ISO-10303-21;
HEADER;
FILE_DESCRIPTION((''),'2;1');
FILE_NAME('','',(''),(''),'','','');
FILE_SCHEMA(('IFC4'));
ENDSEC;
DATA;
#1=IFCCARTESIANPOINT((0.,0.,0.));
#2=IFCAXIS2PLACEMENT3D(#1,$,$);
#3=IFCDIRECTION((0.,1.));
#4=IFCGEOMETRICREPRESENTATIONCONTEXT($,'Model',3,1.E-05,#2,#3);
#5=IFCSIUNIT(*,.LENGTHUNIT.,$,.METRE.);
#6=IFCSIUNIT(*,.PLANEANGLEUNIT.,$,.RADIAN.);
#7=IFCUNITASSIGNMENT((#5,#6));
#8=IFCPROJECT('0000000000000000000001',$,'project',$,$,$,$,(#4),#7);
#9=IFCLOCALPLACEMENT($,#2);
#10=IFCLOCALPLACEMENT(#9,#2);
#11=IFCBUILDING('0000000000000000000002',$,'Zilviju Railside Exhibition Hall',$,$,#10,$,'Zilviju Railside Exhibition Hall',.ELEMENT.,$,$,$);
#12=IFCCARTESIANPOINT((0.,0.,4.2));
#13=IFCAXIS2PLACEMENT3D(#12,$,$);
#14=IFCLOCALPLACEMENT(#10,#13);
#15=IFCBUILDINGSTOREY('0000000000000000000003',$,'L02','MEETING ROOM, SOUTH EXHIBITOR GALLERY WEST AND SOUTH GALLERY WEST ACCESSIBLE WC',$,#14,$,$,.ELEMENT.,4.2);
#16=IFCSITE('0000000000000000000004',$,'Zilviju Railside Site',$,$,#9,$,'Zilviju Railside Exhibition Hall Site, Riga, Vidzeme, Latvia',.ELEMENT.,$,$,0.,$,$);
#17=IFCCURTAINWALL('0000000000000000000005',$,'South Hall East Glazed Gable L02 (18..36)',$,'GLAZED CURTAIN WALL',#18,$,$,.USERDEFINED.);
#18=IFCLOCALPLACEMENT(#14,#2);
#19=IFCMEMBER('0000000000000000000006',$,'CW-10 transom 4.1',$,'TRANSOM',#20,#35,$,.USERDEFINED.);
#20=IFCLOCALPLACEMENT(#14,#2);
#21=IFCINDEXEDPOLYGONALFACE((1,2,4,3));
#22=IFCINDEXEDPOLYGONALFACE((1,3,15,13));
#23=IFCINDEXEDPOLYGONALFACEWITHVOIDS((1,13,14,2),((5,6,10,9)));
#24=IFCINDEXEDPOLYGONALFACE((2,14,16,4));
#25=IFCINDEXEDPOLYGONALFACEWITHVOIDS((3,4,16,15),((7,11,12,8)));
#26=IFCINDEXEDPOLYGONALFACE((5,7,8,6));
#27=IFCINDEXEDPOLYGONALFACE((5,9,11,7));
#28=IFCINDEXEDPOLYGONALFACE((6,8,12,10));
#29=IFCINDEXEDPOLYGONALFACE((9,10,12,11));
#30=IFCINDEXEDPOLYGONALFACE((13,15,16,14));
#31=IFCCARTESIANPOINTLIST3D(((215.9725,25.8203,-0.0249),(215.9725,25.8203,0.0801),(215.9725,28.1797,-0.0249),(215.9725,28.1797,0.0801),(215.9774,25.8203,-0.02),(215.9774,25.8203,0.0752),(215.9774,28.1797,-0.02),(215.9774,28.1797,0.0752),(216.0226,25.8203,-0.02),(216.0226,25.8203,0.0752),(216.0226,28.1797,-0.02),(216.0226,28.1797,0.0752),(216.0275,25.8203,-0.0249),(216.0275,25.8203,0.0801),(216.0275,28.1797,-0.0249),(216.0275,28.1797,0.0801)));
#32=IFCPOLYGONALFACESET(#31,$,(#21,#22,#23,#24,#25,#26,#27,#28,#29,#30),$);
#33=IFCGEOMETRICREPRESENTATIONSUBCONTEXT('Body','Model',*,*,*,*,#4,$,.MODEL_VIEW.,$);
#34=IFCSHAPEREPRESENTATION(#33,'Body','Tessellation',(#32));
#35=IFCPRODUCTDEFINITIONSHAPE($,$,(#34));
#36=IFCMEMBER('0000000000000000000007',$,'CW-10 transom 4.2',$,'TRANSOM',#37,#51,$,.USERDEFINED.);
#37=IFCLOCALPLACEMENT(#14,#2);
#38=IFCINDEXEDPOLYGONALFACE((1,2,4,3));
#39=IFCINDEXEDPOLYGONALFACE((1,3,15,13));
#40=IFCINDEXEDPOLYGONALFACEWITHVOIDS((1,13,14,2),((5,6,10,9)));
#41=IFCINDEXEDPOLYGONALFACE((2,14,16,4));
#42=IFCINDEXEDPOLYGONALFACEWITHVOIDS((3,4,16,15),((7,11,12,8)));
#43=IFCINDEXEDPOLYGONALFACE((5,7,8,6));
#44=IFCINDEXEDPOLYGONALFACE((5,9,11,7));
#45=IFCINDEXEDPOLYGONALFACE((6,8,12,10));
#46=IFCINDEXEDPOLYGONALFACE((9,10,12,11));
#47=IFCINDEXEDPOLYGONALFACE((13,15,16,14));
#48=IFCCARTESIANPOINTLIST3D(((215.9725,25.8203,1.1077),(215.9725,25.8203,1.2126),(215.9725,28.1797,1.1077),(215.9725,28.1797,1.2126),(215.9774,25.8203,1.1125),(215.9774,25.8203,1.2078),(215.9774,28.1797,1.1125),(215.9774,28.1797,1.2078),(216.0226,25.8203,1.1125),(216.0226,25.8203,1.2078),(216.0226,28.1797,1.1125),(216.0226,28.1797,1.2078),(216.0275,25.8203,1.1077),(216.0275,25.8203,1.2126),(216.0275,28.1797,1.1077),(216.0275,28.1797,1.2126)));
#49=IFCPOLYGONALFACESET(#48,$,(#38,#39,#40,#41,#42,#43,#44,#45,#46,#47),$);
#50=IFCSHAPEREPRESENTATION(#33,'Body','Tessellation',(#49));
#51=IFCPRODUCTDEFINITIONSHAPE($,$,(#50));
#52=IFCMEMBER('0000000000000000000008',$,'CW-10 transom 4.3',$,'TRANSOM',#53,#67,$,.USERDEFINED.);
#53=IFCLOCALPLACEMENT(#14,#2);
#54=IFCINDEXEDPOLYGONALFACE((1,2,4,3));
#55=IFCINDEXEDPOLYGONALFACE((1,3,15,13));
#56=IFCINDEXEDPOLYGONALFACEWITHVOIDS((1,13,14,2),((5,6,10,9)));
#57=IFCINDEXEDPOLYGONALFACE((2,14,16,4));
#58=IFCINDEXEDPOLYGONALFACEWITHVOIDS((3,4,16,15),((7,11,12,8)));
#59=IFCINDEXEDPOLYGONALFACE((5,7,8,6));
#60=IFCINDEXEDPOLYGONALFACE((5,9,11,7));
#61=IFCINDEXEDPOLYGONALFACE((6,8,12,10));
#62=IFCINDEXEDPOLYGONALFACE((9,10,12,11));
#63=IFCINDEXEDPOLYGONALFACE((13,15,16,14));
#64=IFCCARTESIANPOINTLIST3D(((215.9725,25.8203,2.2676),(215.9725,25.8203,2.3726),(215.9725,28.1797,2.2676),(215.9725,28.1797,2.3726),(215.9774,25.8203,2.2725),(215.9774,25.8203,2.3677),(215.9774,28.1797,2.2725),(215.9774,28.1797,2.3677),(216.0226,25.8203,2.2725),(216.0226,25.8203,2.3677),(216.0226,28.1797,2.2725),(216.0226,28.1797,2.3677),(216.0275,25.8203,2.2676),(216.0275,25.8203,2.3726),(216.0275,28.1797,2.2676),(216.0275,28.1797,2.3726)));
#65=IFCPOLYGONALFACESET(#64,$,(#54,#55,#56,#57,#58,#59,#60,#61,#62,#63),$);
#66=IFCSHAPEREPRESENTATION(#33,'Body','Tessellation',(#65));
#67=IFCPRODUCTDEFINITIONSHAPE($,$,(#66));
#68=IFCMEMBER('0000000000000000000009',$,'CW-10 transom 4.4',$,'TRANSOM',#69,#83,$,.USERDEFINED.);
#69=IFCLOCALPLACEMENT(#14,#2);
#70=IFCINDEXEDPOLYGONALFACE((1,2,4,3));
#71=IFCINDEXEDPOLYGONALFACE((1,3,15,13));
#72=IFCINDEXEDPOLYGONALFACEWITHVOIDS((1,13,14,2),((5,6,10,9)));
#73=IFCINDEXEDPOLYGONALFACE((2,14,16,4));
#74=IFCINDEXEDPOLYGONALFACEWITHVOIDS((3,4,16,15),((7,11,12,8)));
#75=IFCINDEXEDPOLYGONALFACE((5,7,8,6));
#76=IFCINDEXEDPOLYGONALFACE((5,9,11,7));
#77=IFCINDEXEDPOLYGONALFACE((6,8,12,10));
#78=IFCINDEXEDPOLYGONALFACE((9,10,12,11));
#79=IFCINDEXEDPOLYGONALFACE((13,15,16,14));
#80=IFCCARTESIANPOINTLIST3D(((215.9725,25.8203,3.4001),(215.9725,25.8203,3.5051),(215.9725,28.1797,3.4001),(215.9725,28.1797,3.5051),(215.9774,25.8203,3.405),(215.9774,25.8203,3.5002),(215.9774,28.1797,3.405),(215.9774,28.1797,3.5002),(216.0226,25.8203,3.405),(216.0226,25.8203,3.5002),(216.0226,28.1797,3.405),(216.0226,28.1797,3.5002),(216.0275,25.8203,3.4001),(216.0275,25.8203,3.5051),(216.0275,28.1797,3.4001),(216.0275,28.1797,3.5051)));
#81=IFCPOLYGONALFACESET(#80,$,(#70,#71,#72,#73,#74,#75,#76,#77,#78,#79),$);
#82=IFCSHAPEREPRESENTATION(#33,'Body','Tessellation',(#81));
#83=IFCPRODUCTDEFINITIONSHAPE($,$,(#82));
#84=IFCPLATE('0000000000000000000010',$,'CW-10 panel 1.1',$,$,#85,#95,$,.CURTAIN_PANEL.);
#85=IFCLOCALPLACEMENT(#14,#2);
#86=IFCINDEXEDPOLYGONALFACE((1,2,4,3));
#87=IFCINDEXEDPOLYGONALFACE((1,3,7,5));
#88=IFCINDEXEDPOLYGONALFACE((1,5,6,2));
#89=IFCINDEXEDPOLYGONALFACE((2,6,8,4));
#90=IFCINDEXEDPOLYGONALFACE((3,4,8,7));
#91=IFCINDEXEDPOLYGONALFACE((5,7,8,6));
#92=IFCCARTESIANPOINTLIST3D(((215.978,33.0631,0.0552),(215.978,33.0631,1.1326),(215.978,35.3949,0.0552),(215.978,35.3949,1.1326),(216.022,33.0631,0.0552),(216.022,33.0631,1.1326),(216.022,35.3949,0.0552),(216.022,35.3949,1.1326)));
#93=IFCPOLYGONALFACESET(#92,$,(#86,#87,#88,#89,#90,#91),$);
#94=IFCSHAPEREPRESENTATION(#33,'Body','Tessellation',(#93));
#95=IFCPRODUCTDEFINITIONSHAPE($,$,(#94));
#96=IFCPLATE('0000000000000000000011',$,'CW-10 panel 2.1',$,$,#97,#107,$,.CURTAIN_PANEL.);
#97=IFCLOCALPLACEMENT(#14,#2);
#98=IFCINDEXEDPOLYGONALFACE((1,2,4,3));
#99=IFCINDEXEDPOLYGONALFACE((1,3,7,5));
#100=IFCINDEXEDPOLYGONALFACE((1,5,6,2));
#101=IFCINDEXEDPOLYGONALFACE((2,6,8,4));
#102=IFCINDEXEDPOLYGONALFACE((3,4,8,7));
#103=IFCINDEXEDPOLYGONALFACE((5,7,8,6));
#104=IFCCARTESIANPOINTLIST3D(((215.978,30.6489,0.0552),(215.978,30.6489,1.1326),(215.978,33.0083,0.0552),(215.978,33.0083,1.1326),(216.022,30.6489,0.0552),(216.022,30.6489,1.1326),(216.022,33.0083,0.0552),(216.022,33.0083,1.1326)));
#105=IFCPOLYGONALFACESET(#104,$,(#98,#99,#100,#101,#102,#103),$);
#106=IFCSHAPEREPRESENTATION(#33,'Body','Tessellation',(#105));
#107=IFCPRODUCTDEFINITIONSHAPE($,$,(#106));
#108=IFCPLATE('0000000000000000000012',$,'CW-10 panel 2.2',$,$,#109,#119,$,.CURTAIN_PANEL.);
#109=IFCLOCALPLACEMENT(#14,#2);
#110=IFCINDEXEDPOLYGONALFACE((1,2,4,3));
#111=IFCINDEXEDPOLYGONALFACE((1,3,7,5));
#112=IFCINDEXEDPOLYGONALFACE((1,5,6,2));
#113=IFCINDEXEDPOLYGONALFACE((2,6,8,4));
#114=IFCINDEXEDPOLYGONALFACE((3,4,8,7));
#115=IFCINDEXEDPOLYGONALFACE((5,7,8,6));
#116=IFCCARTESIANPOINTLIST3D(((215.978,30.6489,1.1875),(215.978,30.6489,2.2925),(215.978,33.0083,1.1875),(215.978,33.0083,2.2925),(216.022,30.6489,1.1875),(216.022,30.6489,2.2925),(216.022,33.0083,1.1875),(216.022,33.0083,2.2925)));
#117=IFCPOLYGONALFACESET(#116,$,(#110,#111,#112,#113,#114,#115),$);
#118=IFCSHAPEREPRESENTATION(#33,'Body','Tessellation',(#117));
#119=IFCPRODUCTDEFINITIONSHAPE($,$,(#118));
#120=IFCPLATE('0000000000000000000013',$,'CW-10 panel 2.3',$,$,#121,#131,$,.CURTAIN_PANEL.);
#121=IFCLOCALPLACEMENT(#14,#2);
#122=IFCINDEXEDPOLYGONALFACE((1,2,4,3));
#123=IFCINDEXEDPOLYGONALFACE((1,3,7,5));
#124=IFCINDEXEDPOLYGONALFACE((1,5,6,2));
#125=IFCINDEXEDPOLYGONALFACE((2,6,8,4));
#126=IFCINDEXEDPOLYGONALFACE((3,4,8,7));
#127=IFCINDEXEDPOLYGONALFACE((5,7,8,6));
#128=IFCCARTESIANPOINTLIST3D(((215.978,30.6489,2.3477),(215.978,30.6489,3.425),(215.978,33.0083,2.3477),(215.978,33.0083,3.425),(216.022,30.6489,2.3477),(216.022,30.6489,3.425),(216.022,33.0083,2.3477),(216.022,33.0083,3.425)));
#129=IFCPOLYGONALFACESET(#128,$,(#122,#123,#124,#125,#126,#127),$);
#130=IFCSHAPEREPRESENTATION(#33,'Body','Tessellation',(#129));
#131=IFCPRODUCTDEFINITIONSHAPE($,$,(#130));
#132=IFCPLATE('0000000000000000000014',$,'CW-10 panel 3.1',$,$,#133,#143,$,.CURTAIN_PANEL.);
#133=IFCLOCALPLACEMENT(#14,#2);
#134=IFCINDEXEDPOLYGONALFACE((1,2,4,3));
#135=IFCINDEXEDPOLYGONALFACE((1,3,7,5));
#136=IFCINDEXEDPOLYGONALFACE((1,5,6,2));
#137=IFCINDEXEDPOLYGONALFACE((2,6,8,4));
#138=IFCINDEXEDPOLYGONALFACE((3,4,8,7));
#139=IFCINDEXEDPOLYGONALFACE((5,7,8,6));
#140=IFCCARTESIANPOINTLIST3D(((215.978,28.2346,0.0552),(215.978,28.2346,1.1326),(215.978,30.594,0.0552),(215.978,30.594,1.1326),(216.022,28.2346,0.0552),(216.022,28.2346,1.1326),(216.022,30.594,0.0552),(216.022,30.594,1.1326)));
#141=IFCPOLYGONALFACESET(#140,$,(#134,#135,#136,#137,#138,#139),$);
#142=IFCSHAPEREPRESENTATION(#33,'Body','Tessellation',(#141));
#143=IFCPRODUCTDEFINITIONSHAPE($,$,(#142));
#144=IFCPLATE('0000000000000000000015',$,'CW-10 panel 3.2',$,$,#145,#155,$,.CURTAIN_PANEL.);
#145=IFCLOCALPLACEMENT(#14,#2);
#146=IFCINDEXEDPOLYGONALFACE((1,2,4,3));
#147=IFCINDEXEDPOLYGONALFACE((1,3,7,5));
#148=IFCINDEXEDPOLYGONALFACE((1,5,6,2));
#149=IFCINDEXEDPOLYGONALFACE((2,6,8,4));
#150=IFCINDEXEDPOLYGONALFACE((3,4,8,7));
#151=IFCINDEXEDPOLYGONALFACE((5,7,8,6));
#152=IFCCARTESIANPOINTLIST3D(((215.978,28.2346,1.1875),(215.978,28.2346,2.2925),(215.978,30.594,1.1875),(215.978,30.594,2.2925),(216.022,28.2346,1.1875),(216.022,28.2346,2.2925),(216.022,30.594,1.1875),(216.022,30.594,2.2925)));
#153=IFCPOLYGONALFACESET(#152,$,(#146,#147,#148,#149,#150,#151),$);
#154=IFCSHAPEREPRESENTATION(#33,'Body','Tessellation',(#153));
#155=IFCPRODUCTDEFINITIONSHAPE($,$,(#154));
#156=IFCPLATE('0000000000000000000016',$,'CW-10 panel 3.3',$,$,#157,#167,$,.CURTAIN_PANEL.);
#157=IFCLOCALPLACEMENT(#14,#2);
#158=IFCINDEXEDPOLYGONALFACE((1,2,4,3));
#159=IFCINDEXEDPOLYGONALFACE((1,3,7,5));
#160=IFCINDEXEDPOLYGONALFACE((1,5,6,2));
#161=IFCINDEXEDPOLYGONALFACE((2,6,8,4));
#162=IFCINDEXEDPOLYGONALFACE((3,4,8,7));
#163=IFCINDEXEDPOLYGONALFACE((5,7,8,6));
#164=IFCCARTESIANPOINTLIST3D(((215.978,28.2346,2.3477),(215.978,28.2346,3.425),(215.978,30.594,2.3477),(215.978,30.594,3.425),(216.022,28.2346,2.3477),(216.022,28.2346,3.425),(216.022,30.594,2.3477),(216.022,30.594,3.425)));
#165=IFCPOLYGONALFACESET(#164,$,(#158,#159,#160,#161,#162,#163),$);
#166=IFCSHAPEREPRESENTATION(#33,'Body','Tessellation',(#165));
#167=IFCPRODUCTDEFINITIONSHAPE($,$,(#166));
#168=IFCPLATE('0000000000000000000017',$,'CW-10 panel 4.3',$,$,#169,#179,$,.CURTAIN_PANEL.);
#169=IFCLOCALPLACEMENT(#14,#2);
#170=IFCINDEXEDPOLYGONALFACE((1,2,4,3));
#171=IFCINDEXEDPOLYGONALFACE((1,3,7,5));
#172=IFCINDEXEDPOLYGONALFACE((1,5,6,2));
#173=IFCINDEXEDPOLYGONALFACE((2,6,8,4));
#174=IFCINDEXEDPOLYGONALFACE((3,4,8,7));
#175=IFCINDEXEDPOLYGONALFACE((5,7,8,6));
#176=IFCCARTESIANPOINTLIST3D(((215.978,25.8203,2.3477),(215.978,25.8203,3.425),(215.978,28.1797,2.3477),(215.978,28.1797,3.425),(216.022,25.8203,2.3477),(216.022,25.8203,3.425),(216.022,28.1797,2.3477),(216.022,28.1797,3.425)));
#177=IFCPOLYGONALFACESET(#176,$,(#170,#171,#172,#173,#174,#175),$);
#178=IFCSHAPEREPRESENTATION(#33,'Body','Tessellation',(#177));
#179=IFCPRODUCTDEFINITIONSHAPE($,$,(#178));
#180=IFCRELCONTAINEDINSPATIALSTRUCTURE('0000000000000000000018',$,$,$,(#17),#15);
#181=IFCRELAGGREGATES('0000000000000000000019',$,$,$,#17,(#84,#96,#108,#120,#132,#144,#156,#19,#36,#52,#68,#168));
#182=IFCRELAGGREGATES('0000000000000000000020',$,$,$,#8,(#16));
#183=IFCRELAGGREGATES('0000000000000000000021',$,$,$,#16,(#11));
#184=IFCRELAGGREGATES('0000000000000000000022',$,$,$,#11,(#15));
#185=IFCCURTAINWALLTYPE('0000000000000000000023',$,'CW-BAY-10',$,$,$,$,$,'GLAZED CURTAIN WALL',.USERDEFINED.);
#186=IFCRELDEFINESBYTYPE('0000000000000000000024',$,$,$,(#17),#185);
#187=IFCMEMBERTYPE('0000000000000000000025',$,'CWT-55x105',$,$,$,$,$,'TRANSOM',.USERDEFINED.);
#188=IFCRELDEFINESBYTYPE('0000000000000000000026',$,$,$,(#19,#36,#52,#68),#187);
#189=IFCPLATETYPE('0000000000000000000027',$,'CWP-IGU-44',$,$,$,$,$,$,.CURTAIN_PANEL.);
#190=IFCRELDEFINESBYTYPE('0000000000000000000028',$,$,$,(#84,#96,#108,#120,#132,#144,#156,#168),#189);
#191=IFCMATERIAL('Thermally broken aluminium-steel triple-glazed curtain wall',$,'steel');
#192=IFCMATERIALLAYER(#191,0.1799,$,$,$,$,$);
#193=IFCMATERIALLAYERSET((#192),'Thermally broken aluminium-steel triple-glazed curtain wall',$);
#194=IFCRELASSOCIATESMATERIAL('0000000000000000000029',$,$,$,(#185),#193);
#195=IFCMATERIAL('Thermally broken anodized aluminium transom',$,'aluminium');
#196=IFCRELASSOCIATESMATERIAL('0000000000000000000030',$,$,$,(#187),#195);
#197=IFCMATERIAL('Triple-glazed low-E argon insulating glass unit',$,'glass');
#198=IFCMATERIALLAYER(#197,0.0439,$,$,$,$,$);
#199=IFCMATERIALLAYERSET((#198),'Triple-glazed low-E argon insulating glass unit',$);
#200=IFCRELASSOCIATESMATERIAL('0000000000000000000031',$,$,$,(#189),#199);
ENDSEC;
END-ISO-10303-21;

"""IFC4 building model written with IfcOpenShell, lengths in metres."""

from ifc_helpers import new_model, si_unit, direction, frame, origin, origin_2d, place, context, subcontext, project, spatial, rectangle, hollow_rectangle, extrude, material, layer, layer_set, material_profile, profile_set, type_object, element, aggregate, save


model = new_model("IFC4")

# Units and contexts
model_context = context("Model", 3, precision=1e-05, world=origin(), true_north=direction((0.0, 1.0)))
body_context = subcontext(model_context, "Body", "Model", "MODEL_VIEW")
ifc_project = project(units=[si_unit("LENGTHUNIT", "METRE"), si_unit("PLANEANGLEUNIT", "RADIAN")], contexts=[model_context])

# Site, building, storey
site_placement = place(None, origin())
site = spatial("IfcSite", under=ifc_project, at=site_placement, Name="Zilviju Railside Site", LongName="Zilviju Railside Exhibition Hall Site, Riga, Vidzeme, Latvia", CompositionType="ELEMENT", RefElevation=0.0)
building_placement = place(site_placement, origin())
building = spatial("IfcBuilding", under=site, at=building_placement, Name="Zilviju Railside Exhibition Hall", LongName="Zilviju Railside Exhibition Hall", CompositionType="ELEMENT")
storey_placement = place(building_placement, frame((0.0, 0.0, 4.2)))
storey = spatial("IfcBuildingStorey", under=building, at=storey_placement, Name="L02", Description="MEETING ROOM, SOUTH EXHIBITOR GALLERY WEST AND SOUTH GALLERY WEST ACCESSIBLE WC", CompositionType="ELEMENT", Elevation=4.2)

# Curtain wall, members, plates
ifc_material_1 = material(Name="Thermally broken aluminium-steel triple-glazed curtain wall", Category="steel")
ifc_layer_1 = layer(ifc_material_1, 0.1799)
ifc_layer_set_1 = layer_set([ifc_layer_1], Name="Thermally broken aluminium-steel triple-glazed curtain wall")
curtain_wall_type = type_object("IfcCurtainWallType", Name="CW-BAY-10", ElementType="GLAZED CURTAIN WALL", PredefinedType="USERDEFINED", material=ifc_layer_set_1)
curtain_wall_placement = place(storey_placement, origin())
curtain_wall = element("IfcCurtainWall", 1, at=curtain_wall_placement, inside=storey, type_object=curtain_wall_type, Name="South Hall East Glazed Gable L02 (18..36)", ObjectType="GLAZED CURTAIN WALL", PredefinedType="USERDEFINED")
ifc_material_2 = material(Name="Thermally broken anodized aluminium transom", Category="aluminium")
ifc_material_profile_1 = material_profile(ifc_material_2, hollow_rectangle(XDim=0.0549, YDim=0.105, WallThickness=0.0049, at=origin_2d()), Name="TRANSOM 105x55x5")
ifc_profile_set_1 = profile_set([ifc_material_profile_1], Name="Thermally broken anodized aluminium transom")
member_type_1 = type_object("IfcMemberType", Name="CWT-55x105", ElementType="TRANSOM", PredefinedType="USERDEFINED", material=ifc_profile_set_1)
member_1_placement = place(storey_placement, frame((216.0, 28.1797, 0.0276), z_axis=(0.0, -1.0, 0.0), x_axis=(1.0, 0.0, 0.0)))
member_1 = element("IfcMember", 2, at=member_1_placement, type_object=member_type_1, Name="CW-10 transom 4.1", ObjectType="TRANSOM", PredefinedType="USERDEFINED", context=body_context, shape_type="SweptSolid", body=[
    extrude(hollow_rectangle(XDim=0.0549, YDim=0.105, WallThickness=0.0049, at=origin_2d()), origin(), (0.0, 0.0, 1.0), 2.3594),
])
member_2_placement = place(storey_placement, frame((216.0, 28.1797, 1.1602), z_axis=(0.0, -1.0, 0.0), x_axis=(1.0, 0.0, 0.0)))
member_2 = element("IfcMember", 3, at=member_2_placement, type_object=member_type_1, Name="CW-10 transom 4.2", ObjectType="TRANSOM", PredefinedType="USERDEFINED", context=body_context, shape_type="SweptSolid", body=[
    extrude(hollow_rectangle(XDim=0.0549, YDim=0.105, WallThickness=0.0049, at=origin_2d()), origin(), (0.0, 0.0, 1.0), 2.3594),
])
member_3_placement = place(storey_placement, frame((216.0, 28.1797, 2.3201), z_axis=(0.0, -1.0, 0.0), x_axis=(1.0, 0.0, 0.0)))
member_3 = element("IfcMember", 4, at=member_3_placement, type_object=member_type_1, Name="CW-10 transom 4.3", ObjectType="TRANSOM", PredefinedType="USERDEFINED", context=body_context, shape_type="SweptSolid", body=[
    extrude(hollow_rectangle(XDim=0.0549, YDim=0.105, WallThickness=0.0049, at=origin_2d()), origin(), (0.0, 0.0, 1.0), 2.3594),
])
member_4_placement = place(storey_placement, frame((216.0, 28.1797, 3.4526), z_axis=(0.0, -1.0, 0.0), x_axis=(1.0, 0.0, 0.0)))
member_4 = element("IfcMember", 5, at=member_4_placement, type_object=member_type_1, Name="CW-10 transom 4.4", ObjectType="TRANSOM", PredefinedType="USERDEFINED", context=body_context, shape_type="SweptSolid", body=[
    extrude(hollow_rectangle(XDim=0.0549, YDim=0.105, WallThickness=0.0049, at=origin_2d()), origin(), (0.0, 0.0, 1.0), 2.3594),
])
ifc_material_3 = material(Name="Triple-glazed low-E argon insulating glass unit", Category="glass")
ifc_layer_2 = layer(ifc_material_3, 0.0439)
ifc_layer_set_2 = layer_set([ifc_layer_2], Name="Triple-glazed low-E argon insulating glass unit")
plate_type = type_object("IfcPlateType", Name="CWP-IGU-44", PredefinedType="CURTAIN_PANEL", material=ifc_layer_set_2)
plate_1_placement = place(storey_placement, frame((216.0, 34.229, 0.0552), z_axis=(0.0, 0.0, 1.0), x_axis=(0.0, -1.0, 0.0)))
plate_1 = element("IfcPlate", 6, at=plate_1_placement, type_object=plate_type, Name="CW-10 panel 1.1", PredefinedType="CURTAIN_PANEL", context=body_context, shape_type="SweptSolid", body=[
    extrude(rectangle(XDim=2.3318, YDim=0.0439, at=origin_2d()), origin(), (0.0, 0.0, 1.0), 1.0774),
])
plate_2_placement = place(storey_placement, frame((216.0, 31.8286, 0.0552), z_axis=(0.0, 0.0, 1.0), x_axis=(0.0, -1.0, 0.0)))
plate_2 = element("IfcPlate", 7, at=plate_2_placement, type_object=plate_type, Name="CW-10 panel 2.1", PredefinedType="CURTAIN_PANEL", context=body_context, shape_type="SweptSolid", body=[
    extrude(rectangle(XDim=2.3594, YDim=0.0439, at=origin_2d()), origin(), (0.0, 0.0, 1.0), 1.0774),
])
plate_3_placement = place(storey_placement, frame((216.0, 31.8286, 1.1875), z_axis=(0.0, 0.0, 1.0), x_axis=(0.0, -1.0, 0.0)))
plate_3 = element("IfcPlate", 8, at=plate_3_placement, type_object=plate_type, Name="CW-10 panel 2.2", PredefinedType="CURTAIN_PANEL", context=body_context, shape_type="SweptSolid", body=[
    extrude(rectangle(XDim=2.3594, YDim=0.0439, at=origin_2d()), origin(), (0.0, 0.0, 1.0), 1.105),
])
plate_4_placement = place(storey_placement, frame((216.0, 31.8286, 2.3477), z_axis=(0.0, 0.0, 1.0), x_axis=(0.0, -1.0, 0.0)))
plate_4 = element("IfcPlate", 9, at=plate_4_placement, type_object=plate_type, Name="CW-10 panel 2.3", PredefinedType="CURTAIN_PANEL", context=body_context, shape_type="SweptSolid", body=[
    extrude(rectangle(XDim=2.3594, YDim=0.0439, at=origin_2d()), origin(), (0.0, 0.0, 1.0), 1.0774),
])
plate_5_placement = place(storey_placement, frame((216.0, 29.4143, 0.0552), z_axis=(0.0, 0.0, 1.0), x_axis=(0.0, -1.0, 0.0)))
plate_5 = element("IfcPlate", 10, at=plate_5_placement, type_object=plate_type, Name="CW-10 panel 3.1", PredefinedType="CURTAIN_PANEL", context=body_context, shape_type="SweptSolid", body=[
    extrude(rectangle(XDim=2.3594, YDim=0.0439, at=origin_2d()), origin(), (0.0, 0.0, 1.0), 1.0774),
])
plate_6_placement = place(storey_placement, frame((216.0, 29.4143, 1.1875), z_axis=(0.0, 0.0, 1.0), x_axis=(0.0, -1.0, 0.0)))
plate_6 = element("IfcPlate", 11, at=plate_6_placement, type_object=plate_type, Name="CW-10 panel 3.2", PredefinedType="CURTAIN_PANEL", context=body_context, shape_type="SweptSolid", body=[
    extrude(rectangle(XDim=2.3594, YDim=0.0439, at=origin_2d()), origin(), (0.0, 0.0, 1.0), 1.105),
])
plate_7_placement = place(storey_placement, frame((216.0, 29.4143, 2.3477), z_axis=(0.0, 0.0, 1.0), x_axis=(0.0, -1.0, 0.0)))
plate_7 = element("IfcPlate", 12, at=plate_7_placement, type_object=plate_type, Name="CW-10 panel 3.3", PredefinedType="CURTAIN_PANEL", context=body_context, shape_type="SweptSolid", body=[
    extrude(rectangle(XDim=2.3594, YDim=0.0439, at=origin_2d()), origin(), (0.0, 0.0, 1.0), 1.0774),
])
plate_8_placement = place(storey_placement, frame((216.0, 27.0, 2.3477), z_axis=(0.0, 0.0, 1.0), x_axis=(0.0, -1.0, 0.0)))
plate_8 = element("IfcPlate", 13, at=plate_8_placement, type_object=plate_type, Name="CW-10 panel 4.3", PredefinedType="CURTAIN_PANEL", context=body_context, shape_type="SweptSolid", body=[
    extrude(rectangle(XDim=2.3594, YDim=0.0439, at=origin_2d()), origin(), (0.0, 0.0, 1.0), 1.0774),
])
aggregate(curtain_wall, [plate_1, plate_2, plate_3, plate_4, plate_5, plate_6, plate_7, member_1, member_2, member_3, member_4, plate_8])

save(model, "model.ifc")
